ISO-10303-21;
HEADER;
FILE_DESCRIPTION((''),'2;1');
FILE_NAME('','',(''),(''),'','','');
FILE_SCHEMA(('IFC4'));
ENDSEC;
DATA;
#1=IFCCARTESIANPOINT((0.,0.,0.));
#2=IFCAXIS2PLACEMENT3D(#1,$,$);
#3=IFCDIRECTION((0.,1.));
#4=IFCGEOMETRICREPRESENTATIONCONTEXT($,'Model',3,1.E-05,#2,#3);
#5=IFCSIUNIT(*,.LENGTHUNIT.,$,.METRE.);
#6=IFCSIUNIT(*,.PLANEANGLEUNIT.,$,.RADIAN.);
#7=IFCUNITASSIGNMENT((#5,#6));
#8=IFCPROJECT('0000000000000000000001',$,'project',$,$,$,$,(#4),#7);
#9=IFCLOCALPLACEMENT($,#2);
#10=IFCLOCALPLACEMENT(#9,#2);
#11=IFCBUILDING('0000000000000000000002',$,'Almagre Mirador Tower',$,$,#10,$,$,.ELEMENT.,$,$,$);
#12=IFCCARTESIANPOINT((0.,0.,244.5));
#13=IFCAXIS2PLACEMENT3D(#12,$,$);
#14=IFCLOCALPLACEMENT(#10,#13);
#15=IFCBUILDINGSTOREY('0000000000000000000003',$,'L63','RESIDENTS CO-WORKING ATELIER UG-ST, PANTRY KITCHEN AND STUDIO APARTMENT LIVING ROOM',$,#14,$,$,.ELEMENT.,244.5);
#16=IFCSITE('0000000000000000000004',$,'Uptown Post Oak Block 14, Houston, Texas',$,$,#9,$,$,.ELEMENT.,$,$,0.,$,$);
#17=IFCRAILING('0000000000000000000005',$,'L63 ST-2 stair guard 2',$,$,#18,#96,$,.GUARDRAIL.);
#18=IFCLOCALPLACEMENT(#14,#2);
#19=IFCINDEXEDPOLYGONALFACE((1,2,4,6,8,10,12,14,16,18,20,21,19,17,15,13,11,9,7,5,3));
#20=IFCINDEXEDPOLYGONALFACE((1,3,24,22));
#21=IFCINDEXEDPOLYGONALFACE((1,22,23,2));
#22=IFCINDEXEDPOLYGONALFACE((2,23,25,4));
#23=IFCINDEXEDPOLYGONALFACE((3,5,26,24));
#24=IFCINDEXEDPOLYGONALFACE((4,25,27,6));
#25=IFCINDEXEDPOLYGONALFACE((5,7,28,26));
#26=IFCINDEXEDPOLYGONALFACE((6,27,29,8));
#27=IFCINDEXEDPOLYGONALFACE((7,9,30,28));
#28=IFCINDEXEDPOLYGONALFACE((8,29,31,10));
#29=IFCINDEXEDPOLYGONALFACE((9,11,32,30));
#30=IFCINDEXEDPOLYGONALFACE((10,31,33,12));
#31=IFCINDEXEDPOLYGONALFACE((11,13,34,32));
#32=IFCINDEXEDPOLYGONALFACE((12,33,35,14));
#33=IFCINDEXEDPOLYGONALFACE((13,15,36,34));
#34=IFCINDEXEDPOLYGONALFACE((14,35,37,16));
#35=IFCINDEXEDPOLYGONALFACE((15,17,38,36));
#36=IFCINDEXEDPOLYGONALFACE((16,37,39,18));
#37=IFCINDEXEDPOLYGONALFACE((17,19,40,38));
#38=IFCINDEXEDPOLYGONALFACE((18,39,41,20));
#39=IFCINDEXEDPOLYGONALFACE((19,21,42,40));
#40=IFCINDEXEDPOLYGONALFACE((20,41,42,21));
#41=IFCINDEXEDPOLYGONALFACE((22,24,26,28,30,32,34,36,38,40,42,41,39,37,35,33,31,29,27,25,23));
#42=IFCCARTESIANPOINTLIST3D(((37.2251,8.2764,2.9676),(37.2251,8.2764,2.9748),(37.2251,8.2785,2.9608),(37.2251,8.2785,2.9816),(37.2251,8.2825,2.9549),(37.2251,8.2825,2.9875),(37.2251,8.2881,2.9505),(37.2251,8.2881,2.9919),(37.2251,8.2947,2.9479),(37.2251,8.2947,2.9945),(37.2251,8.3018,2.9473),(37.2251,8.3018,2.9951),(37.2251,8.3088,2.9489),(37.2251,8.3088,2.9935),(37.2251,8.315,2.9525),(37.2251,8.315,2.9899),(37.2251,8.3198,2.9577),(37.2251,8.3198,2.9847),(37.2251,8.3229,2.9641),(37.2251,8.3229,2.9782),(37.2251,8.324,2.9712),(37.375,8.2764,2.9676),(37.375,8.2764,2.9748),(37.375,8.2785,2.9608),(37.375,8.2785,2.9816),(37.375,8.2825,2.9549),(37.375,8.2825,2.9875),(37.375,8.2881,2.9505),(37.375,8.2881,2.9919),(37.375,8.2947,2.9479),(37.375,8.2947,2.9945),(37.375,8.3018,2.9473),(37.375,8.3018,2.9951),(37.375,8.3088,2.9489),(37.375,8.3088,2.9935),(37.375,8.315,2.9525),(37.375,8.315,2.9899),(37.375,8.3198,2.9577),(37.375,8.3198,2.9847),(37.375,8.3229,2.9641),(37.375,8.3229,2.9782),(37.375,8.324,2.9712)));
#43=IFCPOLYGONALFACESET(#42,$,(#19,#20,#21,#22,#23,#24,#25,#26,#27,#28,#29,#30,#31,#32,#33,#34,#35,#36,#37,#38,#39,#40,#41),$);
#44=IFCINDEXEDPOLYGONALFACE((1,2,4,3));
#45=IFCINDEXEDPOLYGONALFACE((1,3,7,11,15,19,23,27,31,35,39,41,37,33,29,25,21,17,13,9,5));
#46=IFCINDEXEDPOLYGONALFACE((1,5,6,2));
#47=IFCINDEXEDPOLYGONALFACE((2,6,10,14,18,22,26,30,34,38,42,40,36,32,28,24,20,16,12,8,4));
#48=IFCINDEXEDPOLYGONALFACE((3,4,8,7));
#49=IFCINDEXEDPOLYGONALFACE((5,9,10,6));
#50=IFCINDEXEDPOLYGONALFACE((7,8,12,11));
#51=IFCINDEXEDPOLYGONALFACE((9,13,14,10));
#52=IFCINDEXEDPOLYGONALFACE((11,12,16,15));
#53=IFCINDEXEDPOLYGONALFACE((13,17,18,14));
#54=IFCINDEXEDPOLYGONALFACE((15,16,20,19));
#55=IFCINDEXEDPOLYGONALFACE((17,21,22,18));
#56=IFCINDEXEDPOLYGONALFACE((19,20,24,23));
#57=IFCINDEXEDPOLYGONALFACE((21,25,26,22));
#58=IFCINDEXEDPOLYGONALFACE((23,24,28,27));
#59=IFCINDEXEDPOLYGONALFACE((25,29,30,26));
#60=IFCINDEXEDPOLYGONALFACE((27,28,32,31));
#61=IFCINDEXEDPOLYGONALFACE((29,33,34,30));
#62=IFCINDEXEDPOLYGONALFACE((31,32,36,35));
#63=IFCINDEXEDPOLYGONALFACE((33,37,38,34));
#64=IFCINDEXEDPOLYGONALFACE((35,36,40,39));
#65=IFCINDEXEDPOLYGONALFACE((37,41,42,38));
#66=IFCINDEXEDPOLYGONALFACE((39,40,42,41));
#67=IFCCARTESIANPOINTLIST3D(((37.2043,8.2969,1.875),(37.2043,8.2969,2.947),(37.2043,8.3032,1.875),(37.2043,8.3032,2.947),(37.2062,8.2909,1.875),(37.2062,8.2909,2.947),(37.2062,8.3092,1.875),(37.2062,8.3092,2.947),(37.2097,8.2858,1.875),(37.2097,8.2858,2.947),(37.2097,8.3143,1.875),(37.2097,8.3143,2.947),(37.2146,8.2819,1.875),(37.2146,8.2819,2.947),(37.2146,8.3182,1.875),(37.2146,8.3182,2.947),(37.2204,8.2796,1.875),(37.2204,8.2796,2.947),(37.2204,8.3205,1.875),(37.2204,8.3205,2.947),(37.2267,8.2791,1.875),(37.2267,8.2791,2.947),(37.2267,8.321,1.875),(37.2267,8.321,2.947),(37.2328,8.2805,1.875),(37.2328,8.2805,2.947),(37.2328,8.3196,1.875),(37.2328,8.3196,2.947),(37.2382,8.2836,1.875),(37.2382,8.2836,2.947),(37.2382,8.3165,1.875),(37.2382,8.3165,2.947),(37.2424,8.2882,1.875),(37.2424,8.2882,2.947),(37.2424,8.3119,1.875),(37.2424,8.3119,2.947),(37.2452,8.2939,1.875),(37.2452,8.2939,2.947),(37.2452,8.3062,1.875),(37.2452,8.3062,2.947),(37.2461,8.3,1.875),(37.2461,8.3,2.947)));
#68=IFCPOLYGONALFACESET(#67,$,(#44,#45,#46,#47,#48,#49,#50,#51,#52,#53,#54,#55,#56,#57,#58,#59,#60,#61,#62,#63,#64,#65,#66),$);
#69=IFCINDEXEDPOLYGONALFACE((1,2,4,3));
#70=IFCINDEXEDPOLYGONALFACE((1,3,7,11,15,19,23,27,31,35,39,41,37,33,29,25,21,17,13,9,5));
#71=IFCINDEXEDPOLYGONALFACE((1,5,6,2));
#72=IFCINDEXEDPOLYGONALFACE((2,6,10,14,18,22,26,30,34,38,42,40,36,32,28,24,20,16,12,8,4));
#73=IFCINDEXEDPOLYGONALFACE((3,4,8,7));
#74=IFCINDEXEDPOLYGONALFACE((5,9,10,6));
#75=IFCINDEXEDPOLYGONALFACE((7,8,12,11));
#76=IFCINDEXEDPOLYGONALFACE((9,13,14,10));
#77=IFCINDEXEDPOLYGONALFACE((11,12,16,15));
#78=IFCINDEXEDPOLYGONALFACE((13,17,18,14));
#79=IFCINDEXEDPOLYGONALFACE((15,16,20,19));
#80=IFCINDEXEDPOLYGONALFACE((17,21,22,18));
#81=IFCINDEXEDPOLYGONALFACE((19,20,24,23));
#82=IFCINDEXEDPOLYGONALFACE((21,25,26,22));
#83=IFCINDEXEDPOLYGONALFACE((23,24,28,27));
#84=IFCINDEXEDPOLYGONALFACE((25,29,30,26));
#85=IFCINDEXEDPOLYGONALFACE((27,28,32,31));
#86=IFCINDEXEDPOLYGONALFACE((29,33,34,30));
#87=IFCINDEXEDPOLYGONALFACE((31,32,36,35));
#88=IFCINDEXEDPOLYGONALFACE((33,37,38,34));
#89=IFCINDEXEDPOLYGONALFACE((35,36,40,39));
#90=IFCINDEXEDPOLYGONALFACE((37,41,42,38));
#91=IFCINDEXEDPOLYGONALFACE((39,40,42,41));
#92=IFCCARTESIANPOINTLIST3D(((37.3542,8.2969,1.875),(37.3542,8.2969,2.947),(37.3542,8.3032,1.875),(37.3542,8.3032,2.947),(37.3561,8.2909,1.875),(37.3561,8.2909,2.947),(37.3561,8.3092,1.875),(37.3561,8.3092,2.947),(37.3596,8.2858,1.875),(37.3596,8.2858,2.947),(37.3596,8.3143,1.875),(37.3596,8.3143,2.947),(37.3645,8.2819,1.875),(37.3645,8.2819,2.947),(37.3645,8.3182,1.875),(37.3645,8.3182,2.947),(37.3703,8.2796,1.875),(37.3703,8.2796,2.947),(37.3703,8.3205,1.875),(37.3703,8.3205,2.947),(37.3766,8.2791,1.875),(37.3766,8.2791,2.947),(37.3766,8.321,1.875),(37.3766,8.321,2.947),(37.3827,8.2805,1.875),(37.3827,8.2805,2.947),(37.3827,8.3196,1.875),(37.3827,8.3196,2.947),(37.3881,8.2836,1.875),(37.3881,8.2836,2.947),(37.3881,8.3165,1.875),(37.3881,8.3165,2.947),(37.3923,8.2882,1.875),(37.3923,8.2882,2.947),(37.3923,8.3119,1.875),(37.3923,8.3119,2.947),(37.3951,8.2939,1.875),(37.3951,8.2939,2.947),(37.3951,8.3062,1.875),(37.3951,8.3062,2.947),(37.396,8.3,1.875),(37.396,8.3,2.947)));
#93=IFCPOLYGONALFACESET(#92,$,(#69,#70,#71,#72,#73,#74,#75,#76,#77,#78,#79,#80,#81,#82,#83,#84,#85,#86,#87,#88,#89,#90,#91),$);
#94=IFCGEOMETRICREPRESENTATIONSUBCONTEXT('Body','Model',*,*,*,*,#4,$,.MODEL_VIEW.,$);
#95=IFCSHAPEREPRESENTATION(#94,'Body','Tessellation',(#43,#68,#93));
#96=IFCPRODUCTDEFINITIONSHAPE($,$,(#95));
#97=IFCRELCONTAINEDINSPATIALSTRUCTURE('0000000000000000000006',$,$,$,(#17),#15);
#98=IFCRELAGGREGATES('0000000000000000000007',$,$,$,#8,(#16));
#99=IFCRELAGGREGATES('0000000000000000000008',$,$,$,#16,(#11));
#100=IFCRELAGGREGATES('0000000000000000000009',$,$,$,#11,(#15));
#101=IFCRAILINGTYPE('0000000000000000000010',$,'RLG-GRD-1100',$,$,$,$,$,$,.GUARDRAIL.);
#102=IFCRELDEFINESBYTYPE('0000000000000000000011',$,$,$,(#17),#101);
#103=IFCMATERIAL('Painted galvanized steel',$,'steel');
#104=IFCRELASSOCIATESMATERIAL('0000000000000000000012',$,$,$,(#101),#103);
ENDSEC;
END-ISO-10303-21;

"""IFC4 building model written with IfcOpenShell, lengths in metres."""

from ifc_helpers import new_model, si_unit, direction, frame, origin, origin_2d, place, context, subcontext, project, spatial, circle, extrude, material, type_object, element, save


model = new_model("IFC4")

# Units and contexts
model_context = context("Model", 3, precision=1e-05, world=origin(), true_north=direction((0.0, 1.0)))
body_context = subcontext(model_context, "Body", "Model", "MODEL_VIEW")
ifc_project = project(units=[si_unit("LENGTHUNIT", "METRE"), si_unit("PLANEANGLEUNIT", "RADIAN")], contexts=[model_context])

# Site, building, storey
site_placement = place(None, origin())
site = spatial("IfcSite", under=ifc_project, at=site_placement, Name="Uptown Post Oak Block 14, Houston, Texas", CompositionType="ELEMENT", RefElevation=0.0)
building_placement = place(site_placement, origin())
building = spatial("IfcBuilding", under=site, at=building_placement, Name="Almagre Mirador Tower", CompositionType="ELEMENT")
storey_placement = place(building_placement, frame((0.0, 0.0, 244.5)))
storey = spatial("IfcBuildingStorey", under=building, at=storey_placement, Name="L63", Description="RESIDENTS CO-WORKING ATELIER UG-ST, PANTRY KITCHEN AND STUDIO APARTMENT LIVING ROOM", CompositionType="ELEMENT", Elevation=244.5)

# Railing
ifc_material_1 = material(Name="Painted galvanized steel", Category="steel")
railing_type_1 = type_object("IfcRailingType", Name="RLG-GRD-1100", PredefinedType="GUARDRAIL", material=ifc_material_1)
railing_1_placement = place(storey_placement, frame((37.2251, 8.3, 1.875)))
element("IfcRailing", 1, at=railing_1_placement, inside=storey, type_object=railing_type_1, Name="L63 ST-2 stair guard 2", PredefinedType="GUARDRAIL", context=body_context, shape_type="SweptSolid", body=[
    extrude(circle(Radius=0.0239, at=origin_2d()), frame((0.0, 0.0, 1.0962), z_axis=(1.0, 0.0, 0.0), x_axis=(0.0, 1.0, 0.0)), (0.0, 0.0, 1.0), 0.1499),
    extrude(circle(Radius=0.021, at=origin_2d()), origin(), (0.0, 0.0, 1.0), 1.072),
    extrude(circle(Radius=0.021, at=origin_2d()), frame((0.1499, 0.0, 0.0)), (0.0, 0.0, 1.0), 1.072),
])

save(model, "model.ifc")
